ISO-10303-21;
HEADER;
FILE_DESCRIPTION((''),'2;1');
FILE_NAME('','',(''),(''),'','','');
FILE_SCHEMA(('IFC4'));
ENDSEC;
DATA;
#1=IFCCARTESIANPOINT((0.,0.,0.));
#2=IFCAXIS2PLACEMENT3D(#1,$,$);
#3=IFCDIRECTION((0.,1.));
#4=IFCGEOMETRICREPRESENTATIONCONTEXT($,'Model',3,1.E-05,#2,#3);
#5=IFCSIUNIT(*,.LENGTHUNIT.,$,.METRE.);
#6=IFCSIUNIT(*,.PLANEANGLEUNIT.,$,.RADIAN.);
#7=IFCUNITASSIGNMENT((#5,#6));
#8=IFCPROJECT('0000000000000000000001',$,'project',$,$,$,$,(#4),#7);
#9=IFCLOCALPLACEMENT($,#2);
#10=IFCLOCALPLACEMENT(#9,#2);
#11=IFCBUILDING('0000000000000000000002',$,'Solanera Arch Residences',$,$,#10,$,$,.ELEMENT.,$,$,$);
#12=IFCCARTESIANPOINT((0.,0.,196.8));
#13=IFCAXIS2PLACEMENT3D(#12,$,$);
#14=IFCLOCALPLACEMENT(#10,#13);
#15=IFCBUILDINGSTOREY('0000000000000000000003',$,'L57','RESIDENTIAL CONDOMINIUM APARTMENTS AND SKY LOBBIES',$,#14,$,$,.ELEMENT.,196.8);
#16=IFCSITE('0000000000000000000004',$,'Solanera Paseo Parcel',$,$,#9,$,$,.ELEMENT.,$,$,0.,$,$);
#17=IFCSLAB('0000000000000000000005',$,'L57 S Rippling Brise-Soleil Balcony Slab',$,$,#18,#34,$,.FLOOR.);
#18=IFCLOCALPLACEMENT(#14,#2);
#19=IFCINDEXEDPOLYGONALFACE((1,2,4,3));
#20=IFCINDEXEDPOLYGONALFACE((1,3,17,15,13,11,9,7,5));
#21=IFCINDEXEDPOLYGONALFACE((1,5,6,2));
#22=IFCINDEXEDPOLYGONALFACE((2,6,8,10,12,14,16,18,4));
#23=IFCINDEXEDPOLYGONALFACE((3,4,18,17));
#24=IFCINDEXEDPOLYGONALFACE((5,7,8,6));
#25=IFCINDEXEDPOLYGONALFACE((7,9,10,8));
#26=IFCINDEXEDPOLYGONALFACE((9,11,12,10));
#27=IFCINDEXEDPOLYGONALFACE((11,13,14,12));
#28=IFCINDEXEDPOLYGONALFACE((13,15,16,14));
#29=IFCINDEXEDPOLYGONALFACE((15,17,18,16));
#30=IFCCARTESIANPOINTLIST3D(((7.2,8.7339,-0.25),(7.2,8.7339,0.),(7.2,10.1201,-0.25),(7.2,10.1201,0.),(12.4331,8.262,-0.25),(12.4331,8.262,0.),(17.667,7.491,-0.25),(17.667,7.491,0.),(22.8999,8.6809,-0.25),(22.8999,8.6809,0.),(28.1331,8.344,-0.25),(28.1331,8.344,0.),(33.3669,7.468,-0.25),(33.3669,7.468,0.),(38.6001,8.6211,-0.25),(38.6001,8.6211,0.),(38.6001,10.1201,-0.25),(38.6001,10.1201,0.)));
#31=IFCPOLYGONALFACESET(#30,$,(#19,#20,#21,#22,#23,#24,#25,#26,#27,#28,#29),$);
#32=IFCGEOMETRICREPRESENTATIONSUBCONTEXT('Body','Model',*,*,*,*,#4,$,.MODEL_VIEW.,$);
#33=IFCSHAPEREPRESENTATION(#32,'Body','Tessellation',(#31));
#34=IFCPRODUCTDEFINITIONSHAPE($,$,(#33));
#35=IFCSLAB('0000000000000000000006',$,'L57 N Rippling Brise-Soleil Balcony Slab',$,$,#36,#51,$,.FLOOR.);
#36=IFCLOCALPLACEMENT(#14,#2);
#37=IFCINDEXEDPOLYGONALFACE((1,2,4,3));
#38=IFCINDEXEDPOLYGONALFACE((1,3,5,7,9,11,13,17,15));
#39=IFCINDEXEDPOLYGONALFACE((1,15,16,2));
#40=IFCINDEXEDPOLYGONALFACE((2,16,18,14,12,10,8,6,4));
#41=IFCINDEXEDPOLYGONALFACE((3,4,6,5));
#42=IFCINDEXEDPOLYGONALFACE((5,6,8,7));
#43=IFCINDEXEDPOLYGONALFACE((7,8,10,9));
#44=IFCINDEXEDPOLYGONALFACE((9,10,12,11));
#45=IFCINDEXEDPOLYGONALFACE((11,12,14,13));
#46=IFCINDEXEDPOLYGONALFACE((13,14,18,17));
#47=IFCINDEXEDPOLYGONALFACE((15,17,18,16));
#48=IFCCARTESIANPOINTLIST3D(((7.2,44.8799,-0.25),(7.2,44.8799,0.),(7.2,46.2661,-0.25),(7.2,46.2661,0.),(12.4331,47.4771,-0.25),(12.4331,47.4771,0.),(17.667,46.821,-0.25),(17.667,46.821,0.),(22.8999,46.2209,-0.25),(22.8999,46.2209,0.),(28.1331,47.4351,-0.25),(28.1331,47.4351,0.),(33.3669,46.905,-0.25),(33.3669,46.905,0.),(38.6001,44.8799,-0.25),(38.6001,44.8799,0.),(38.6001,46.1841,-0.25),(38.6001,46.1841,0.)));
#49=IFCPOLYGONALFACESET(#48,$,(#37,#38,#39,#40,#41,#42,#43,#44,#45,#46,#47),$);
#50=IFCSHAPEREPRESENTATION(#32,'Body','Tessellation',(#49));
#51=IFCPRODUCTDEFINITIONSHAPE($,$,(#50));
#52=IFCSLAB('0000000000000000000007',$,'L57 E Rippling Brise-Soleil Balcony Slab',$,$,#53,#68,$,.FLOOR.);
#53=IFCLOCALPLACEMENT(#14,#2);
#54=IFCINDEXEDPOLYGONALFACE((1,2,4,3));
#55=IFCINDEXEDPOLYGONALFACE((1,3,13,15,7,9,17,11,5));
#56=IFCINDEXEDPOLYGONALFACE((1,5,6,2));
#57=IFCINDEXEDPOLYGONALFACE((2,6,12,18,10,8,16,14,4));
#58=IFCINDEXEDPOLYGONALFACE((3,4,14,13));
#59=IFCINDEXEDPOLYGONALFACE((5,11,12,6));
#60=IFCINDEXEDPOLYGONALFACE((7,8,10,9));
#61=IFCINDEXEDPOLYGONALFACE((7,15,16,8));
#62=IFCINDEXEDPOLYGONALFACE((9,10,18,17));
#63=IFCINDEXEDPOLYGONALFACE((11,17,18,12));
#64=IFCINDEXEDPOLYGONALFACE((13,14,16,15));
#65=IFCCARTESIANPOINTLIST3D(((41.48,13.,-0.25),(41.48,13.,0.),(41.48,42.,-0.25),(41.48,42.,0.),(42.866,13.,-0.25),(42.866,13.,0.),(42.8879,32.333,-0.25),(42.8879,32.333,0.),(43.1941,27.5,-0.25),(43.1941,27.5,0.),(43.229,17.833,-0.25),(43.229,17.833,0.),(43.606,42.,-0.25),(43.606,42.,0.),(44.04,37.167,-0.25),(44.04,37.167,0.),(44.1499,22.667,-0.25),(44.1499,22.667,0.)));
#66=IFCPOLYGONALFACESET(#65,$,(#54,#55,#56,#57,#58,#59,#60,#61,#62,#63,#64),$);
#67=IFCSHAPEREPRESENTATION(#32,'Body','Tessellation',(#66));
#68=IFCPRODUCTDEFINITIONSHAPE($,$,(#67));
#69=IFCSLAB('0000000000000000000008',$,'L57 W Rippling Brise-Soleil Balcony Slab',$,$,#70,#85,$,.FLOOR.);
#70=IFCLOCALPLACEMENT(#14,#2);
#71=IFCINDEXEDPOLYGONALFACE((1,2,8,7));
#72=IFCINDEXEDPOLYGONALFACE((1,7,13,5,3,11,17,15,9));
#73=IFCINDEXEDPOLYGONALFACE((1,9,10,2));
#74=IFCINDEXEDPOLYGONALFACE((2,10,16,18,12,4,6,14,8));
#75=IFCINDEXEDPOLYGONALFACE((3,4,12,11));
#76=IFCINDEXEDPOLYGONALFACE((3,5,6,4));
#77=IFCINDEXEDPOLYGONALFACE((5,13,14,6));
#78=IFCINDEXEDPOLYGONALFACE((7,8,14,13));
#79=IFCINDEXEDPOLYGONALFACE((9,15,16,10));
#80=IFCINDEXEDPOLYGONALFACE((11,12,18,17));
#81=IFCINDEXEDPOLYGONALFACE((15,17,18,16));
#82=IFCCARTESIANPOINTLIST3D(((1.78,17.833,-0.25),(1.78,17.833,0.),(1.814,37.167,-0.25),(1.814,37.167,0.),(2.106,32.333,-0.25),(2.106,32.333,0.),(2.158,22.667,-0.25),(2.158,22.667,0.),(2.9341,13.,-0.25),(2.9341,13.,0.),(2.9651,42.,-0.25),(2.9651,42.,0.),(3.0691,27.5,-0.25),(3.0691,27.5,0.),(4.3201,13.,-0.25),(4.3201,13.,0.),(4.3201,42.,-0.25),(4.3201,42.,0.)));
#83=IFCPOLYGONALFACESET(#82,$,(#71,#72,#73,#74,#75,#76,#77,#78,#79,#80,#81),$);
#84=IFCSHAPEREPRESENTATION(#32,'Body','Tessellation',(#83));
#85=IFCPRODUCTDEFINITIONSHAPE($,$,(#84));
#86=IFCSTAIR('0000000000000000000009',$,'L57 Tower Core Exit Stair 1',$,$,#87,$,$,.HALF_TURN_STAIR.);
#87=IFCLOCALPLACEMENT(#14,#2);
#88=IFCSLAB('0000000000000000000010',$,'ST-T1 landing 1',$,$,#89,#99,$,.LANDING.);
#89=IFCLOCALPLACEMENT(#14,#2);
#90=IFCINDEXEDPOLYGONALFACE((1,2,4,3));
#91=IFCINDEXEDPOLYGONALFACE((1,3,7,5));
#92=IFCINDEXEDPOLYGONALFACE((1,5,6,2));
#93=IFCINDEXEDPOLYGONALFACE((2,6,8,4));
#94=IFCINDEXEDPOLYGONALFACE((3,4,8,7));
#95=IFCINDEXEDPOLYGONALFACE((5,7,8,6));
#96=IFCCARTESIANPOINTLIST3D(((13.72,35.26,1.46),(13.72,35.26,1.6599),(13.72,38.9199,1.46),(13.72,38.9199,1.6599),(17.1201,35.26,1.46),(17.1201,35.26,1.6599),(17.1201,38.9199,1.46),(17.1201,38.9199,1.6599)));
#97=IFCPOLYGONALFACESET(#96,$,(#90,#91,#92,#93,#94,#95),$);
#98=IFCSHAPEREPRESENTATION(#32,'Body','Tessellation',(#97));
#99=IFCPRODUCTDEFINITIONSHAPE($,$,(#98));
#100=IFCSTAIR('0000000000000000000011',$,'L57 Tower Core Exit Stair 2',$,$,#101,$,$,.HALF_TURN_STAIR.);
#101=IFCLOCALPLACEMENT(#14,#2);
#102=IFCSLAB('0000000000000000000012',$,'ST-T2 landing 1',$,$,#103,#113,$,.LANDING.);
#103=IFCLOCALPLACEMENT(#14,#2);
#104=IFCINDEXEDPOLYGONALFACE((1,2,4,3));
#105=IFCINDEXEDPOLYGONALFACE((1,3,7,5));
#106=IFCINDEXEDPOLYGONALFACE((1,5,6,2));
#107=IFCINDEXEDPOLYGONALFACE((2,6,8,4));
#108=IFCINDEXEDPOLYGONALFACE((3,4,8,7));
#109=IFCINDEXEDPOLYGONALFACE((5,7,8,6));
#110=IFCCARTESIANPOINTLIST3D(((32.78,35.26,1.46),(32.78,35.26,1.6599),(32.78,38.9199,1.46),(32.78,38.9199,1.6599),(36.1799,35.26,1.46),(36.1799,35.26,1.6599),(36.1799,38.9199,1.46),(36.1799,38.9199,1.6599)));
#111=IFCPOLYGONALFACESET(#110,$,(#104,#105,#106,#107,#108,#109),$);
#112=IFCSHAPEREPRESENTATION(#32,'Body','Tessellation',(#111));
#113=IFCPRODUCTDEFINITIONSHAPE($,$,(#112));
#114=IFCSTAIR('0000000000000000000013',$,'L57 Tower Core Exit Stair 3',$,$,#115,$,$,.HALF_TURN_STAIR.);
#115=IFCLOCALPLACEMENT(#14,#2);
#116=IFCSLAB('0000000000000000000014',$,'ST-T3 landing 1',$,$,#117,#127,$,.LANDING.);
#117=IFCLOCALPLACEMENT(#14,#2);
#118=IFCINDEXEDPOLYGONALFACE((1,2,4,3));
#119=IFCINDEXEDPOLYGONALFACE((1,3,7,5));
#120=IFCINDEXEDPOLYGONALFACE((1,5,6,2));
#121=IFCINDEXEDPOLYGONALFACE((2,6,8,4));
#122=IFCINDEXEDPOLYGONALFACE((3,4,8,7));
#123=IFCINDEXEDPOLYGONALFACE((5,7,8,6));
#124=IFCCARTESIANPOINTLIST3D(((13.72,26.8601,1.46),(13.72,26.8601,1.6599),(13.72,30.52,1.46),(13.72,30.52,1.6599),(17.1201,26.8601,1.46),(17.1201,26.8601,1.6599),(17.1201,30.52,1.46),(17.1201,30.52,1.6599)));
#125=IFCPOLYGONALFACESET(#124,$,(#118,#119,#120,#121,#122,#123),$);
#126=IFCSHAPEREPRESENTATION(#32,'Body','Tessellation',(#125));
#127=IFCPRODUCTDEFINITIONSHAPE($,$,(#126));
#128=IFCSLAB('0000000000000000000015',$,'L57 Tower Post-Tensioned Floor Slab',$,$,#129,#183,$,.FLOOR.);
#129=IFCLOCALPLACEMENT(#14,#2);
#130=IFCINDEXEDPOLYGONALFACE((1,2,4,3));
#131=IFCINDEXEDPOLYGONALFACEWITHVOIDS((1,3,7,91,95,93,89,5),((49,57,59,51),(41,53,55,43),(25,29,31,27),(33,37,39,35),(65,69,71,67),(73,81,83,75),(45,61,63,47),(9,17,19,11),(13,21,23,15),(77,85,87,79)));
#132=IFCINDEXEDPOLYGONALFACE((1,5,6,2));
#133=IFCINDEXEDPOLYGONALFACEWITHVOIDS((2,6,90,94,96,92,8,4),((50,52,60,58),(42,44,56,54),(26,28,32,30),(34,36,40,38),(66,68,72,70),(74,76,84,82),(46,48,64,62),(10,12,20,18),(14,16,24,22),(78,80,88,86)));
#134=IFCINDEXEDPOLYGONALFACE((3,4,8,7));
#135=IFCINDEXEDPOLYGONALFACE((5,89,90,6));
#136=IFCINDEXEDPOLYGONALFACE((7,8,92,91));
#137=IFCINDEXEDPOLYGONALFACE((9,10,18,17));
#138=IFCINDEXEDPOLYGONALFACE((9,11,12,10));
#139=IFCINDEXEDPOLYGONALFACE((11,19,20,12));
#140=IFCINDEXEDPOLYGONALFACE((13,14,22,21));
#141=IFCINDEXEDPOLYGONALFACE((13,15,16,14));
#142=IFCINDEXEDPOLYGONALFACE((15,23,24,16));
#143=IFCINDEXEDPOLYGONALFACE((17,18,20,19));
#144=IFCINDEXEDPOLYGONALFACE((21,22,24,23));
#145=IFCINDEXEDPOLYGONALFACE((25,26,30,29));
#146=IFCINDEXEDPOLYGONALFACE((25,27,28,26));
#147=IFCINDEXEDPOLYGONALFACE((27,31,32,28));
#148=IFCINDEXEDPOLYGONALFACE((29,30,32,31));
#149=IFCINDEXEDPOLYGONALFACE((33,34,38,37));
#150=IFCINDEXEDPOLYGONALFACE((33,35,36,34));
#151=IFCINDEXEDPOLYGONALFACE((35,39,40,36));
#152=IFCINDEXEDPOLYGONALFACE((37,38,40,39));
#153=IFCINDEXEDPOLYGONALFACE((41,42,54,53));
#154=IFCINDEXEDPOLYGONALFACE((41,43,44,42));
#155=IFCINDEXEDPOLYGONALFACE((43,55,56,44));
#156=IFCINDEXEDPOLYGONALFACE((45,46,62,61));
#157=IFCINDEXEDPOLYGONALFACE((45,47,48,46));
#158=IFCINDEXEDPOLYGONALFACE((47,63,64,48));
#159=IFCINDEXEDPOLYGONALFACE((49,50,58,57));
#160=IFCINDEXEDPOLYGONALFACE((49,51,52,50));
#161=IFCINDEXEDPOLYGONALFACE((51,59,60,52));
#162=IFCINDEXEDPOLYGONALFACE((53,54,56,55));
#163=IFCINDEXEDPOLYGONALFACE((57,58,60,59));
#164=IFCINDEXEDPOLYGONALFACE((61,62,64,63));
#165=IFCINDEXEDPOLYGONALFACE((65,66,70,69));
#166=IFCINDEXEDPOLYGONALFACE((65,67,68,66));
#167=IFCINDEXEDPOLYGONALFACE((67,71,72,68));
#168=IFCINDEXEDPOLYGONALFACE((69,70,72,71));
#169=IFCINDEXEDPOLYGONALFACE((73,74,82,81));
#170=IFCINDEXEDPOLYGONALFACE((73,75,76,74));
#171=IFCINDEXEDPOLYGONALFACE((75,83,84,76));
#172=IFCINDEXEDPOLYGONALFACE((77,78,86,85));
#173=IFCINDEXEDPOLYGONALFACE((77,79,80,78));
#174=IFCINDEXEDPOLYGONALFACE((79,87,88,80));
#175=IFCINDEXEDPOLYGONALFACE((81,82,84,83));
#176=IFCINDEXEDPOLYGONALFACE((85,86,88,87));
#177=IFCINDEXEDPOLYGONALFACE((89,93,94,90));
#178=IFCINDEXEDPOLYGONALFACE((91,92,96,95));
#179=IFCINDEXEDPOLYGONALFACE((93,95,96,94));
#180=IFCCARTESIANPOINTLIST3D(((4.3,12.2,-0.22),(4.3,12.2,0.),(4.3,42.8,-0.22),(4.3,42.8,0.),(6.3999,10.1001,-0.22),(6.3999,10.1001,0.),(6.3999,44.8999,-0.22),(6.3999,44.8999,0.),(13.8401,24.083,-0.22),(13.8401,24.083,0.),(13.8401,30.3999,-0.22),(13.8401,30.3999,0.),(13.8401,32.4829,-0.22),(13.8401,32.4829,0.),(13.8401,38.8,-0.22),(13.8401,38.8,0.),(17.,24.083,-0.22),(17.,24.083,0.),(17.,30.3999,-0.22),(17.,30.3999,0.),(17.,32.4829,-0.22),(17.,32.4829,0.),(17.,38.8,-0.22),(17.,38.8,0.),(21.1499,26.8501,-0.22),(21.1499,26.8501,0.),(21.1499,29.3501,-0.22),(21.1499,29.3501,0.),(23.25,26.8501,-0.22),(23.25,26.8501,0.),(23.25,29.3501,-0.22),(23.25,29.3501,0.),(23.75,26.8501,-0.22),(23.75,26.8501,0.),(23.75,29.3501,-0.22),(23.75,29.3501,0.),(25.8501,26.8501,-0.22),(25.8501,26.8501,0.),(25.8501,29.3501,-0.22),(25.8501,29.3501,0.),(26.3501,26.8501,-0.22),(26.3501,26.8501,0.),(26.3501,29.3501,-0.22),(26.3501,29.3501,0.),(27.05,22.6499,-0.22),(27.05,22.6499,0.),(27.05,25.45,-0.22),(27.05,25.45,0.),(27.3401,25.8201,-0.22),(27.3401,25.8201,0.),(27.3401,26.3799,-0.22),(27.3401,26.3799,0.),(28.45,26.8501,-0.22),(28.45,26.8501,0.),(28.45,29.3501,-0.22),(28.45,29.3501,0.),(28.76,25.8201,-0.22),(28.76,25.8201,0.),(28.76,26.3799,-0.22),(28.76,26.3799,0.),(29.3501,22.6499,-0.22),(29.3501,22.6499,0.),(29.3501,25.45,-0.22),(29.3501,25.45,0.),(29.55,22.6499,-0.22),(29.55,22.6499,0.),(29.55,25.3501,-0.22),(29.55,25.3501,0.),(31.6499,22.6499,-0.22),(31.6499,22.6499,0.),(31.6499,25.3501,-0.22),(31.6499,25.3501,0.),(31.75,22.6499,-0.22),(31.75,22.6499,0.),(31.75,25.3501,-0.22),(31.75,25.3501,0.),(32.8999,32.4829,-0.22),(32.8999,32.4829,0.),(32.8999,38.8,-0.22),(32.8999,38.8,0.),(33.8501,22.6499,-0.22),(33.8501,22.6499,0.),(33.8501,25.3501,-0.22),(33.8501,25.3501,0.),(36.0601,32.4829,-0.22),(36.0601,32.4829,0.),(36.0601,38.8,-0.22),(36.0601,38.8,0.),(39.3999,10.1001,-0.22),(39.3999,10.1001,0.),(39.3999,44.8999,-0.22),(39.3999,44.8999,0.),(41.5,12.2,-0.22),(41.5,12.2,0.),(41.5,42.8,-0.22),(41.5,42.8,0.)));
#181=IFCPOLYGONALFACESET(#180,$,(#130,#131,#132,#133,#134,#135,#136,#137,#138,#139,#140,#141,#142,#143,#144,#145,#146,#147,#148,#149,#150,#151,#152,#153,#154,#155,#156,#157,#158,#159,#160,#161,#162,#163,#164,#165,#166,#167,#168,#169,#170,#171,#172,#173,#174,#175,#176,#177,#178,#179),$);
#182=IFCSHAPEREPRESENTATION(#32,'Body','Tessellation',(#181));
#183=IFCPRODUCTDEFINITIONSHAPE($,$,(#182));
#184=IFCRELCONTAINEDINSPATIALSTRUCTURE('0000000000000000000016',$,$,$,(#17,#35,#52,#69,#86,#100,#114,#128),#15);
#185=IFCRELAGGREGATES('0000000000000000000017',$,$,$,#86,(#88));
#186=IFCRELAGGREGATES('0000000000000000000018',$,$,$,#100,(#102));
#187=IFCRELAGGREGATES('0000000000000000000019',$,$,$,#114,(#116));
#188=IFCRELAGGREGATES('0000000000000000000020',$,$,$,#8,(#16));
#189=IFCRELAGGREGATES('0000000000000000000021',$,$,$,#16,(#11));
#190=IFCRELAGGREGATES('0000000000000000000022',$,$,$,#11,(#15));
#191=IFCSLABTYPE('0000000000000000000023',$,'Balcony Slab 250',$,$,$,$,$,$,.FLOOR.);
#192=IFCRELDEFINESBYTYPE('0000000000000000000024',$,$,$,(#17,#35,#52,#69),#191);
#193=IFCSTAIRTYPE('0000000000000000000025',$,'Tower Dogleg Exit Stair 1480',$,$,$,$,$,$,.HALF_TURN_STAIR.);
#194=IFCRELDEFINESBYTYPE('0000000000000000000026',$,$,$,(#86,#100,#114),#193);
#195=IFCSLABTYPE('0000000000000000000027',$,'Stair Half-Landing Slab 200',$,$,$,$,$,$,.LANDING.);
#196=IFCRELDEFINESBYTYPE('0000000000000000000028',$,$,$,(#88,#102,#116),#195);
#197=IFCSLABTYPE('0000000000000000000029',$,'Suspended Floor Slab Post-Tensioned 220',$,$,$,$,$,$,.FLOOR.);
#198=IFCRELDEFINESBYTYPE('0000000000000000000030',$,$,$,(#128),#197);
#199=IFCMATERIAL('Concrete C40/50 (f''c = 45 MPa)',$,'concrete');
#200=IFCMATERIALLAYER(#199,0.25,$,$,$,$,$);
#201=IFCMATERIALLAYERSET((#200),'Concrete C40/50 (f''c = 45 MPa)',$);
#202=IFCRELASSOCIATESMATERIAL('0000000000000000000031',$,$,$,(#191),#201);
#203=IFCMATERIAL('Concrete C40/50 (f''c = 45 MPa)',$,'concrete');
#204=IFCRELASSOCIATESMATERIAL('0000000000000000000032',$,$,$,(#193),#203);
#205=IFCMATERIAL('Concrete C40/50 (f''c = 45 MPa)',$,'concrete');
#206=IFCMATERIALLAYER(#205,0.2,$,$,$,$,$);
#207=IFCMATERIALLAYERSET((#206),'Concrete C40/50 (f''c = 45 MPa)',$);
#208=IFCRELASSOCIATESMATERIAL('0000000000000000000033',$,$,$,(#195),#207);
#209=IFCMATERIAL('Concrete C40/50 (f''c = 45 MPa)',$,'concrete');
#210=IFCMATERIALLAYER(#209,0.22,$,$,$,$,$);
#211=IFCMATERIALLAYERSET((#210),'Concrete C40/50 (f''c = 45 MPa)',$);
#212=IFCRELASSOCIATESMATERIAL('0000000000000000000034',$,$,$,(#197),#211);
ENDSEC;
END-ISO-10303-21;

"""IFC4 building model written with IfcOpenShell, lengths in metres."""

from ifc_helpers import new_model, si_unit, direction, frame, origin, place, context, subcontext, project, spatial, polyline, outline, extrude, material, layer, layer_set, type_object, element, aggregate, save


model = new_model("IFC4")

# Units and contexts
model_context = context("Model", 3, precision=1e-05, world=origin(), true_north=direction((0.0, 1.0)))
body_context = subcontext(model_context, "Body", "Model", "MODEL_VIEW")
ifc_project = project(units=[si_unit("LENGTHUNIT", "METRE"), si_unit("PLANEANGLEUNIT", "RADIAN")], contexts=[model_context])

# Site, building, storey
site_placement = place(None, origin())
site = spatial("IfcSite", under=ifc_project, at=site_placement, Name="Solanera Paseo Parcel", CompositionType="ELEMENT", RefElevation=0.0)
building_placement = place(site_placement, origin())
building = spatial("IfcBuilding", under=site, at=building_placement, Name="Solanera Arch Residences", CompositionType="ELEMENT")
storey_placement = place(building_placement, frame((0.0, 0.0, 196.8)))
storey = spatial("IfcBuildingStorey", under=building, at=storey_placement, Name="L57", Description="RESIDENTIAL CONDOMINIUM APARTMENTS AND SKY LOBBIES", CompositionType="ELEMENT", Elevation=196.8)

# Slabs
ifc_material_1 = material(Name="Concrete C40/50 (f'c = 45 MPa)", Category="concrete")
ifc_layer_1 = layer(ifc_material_1, 0.25)
ifc_layer_set_1 = layer_set([ifc_layer_1], Name="Concrete C40/50 (f'c = 45 MPa)")
slab_type_1 = type_object("IfcSlabType", Name="Balcony Slab 250", PredefinedType="FLOOR", material=ifc_layer_set_1)
slab_1_placement = place(storey_placement, frame((0.0, 0.0, -0.25)))
element("IfcSlab", 1, at=slab_1_placement, inside=storey, type_object=slab_type_1, Name="L57 S Rippling Brise-Soleil Balcony Slab", PredefinedType="FLOOR", context=body_context, shape_type="SweptSolid", body=[
    extrude(outline(polyline([(7.2, 8.7339), (12.4331, 8.262), (17.667, 7.491), (22.8999, 8.6809), (28.1331, 8.344), (33.3669, 7.468), (38.6001, 8.6211), (38.6001, 10.1201), (7.2, 10.1201), (7.2, 8.7339)])), origin(), (0.0, 0.0, 1.0), 0.25),
])
slab_2_placement = place(storey_placement, frame((0.0, 0.0, -0.25)))
element("IfcSlab", 2, at=slab_2_placement, inside=storey, type_object=slab_type_1, Name="L57 N Rippling Brise-Soleil Balcony Slab", PredefinedType="FLOOR", context=body_context, shape_type="SweptSolid", body=[
    extrude(outline(polyline([(38.6001, 46.1841), (33.3669, 46.905), (28.1331, 47.4351), (22.8999, 46.2209), (17.667, 46.821), (12.4331, 47.4771), (7.2, 46.2661), (7.2, 44.8799), (38.6001, 44.8799), (38.6001, 46.1841)])), origin(), (0.0, 0.0, 1.0), 0.25),
])
slab_3_placement = place(storey_placement, frame((0.0, 0.0, -0.25)))
element("IfcSlab", 3, at=slab_3_placement, inside=storey, type_object=slab_type_1, Name="L57 E Rippling Brise-Soleil Balcony Slab", PredefinedType="FLOOR", context=body_context, shape_type="SweptSolid", body=[
    extrude(outline(polyline([(42.866, 13.0), (43.229, 17.833), (44.1499, 22.667), (43.1941, 27.5), (42.8879, 32.333), (44.04, 37.167), (43.606, 42.0), (41.48, 42.0), (41.48, 13.0), (42.866, 13.0)])), origin(), (0.0, 0.0, 1.0), 0.25),
])
slab_4_placement = place(storey_placement, frame((0.0, 0.0, -0.25)))
element("IfcSlab", 4, at=slab_4_placement, inside=storey, type_object=slab_type_1, Name="L57 W Rippling Brise-Soleil Balcony Slab", PredefinedType="FLOOR", context=body_context, shape_type="SweptSolid", body=[
    extrude(outline(polyline([(2.9651, 42.0), (1.814, 37.167), (2.106, 32.333), (3.0691, 27.5), (2.158, 22.667), (1.78, 17.833), (2.9341, 13.0), (4.3201, 13.0), (4.3201, 42.0), (2.9651, 42.0)])), origin(), (0.0, 0.0, 1.0), 0.25),
])

# Stairs, slabs
ifc_material_2 = material(Name="Concrete C40/50 (f'c = 45 MPa)", Category="concrete")
stair_type = type_object("IfcStairType", Name="Tower Dogleg Exit Stair 1480", PredefinedType="HALF_TURN_STAIR", material=ifc_material_2)
stair_1_placement = place(storey_placement, origin())
stair_1 = element("IfcStair", 5, at=stair_1_placement, inside=storey, type_object=stair_type, Name="L57 Tower Core Exit Stair 1", PredefinedType="HALF_TURN_STAIR")
ifc_material_3 = material(Name="Concrete C40/50 (f'c = 45 MPa)", Category="concrete")
ifc_layer_2 = layer(ifc_material_3, 0.2)
ifc_layer_set_2 = layer_set([ifc_layer_2], Name="Concrete C40/50 (f'c = 45 MPa)")
slab_type_2 = type_object("IfcSlabType", Name="Stair Half-Landing Slab 200", PredefinedType="LANDING", material=ifc_layer_set_2)
slab_5_placement = place(storey_placement, frame((0.0, 0.0, 1.46)))
slab_5 = element("IfcSlab", 6, at=slab_5_placement, type_object=slab_type_2, Name="ST-T1 landing 1", PredefinedType="LANDING", context=body_context, shape_type="SweptSolid", body=[
    extrude(outline(polyline([(17.1201, 35.26), (17.1201, 38.9199), (13.72, 38.9199), (13.72, 35.26), (17.1201, 35.26)])), origin(), (0.0, 0.0, 1.0), 0.2),
])
aggregate(stair_1, [slab_5])
stair_2_placement = place(storey_placement, origin())
stair_2 = element("IfcStair", 7, at=stair_2_placement, inside=storey, type_object=stair_type, Name="L57 Tower Core Exit Stair 2", PredefinedType="HALF_TURN_STAIR")
slab_6_placement = place(storey_placement, frame((0.0, 0.0, 1.46)))
slab_6 = element("IfcSlab", 8, at=slab_6_placement, type_object=slab_type_2, Name="ST-T2 landing 1", PredefinedType="LANDING", context=body_context, shape_type="SweptSolid", body=[
    extrude(outline(polyline([(36.1799, 35.26), (36.1799, 38.9199), (32.78, 38.9199), (32.78, 35.26), (36.1799, 35.26)])), origin(), (0.0, 0.0, 1.0), 0.2),
])
aggregate(stair_2, [slab_6])
stair_3_placement = place(storey_placement, origin())
stair_3 = element("IfcStair", 9, at=stair_3_placement, inside=storey, type_object=stair_type, Name="L57 Tower Core Exit Stair 3", PredefinedType="HALF_TURN_STAIR")
slab_7_placement = place(storey_placement, frame((0.0, 0.0, 1.46)))
slab_7 = element("IfcSlab", 10, at=slab_7_placement, type_object=slab_type_2, Name="ST-T3 landing 1", PredefinedType="LANDING", context=body_context, shape_type="SweptSolid", body=[
    extrude(outline(polyline([(17.1201, 26.8601), (17.1201, 30.52), (13.72, 30.52), (13.72, 26.8601), (17.1201, 26.8601)])), origin(), (0.0, 0.0, 1.0), 0.2),
])
aggregate(stair_3, [slab_7])

# Slab
ifc_material_4 = material(Name="Concrete C40/50 (f'c = 45 MPa)", Category="concrete")
ifc_layer_3 = layer(ifc_material_4, 0.22)
ifc_layer_set_3 = layer_set([ifc_layer_3], Name="Concrete C40/50 (f'c = 45 MPa)")
slab_type_3 = type_object("IfcSlabType", Name="Suspended Floor Slab Post-Tensioned 220", PredefinedType="FLOOR", material=ifc_layer_set_3)
slab_8_placement = place(storey_placement, frame((0.0, 0.0, -0.22)))
element("IfcSlab", 11, at=slab_8_placement, inside=storey, type_object=slab_type_3, Name="L57 Tower Post-Tensioned Floor Slab", PredefinedType="FLOOR", context=body_context, shape_type="SweptSolid", body=[
    extrude(outline(polyline([(6.3999, 10.1001), (39.3999, 10.1001), (41.5, 12.2), (41.5, 42.8), (39.3999, 44.8999), (6.3999, 44.8999), (4.3, 42.8), (4.3, 12.2), (6.3999, 10.1001)]), holes=[polyline([(13.8401, 32.4829), (13.8401, 38.8), (17.0, 38.8), (17.0, 32.4829), (13.8401, 32.4829)]), polyline([(32.8999, 32.4829), (32.8999, 38.8), (36.0601, 38.8), (36.0601, 32.4829), (32.8999, 32.4829)]), polyline([(13.8401, 24.083), (13.8401, 30.3999), (17.0, 30.3999), (17.0, 24.083), (13.8401, 24.083)]), polyline([(21.1499, 29.3501), (23.25, 29.3501), (23.25, 26.8501), (21.1499, 26.8501), (21.1499, 29.3501)]), polyline([(23.75, 29.3501), (25.8501, 29.3501), (25.8501, 26.8501), (23.75, 26.8501), (23.75, 29.3501)]), polyline([(26.3501, 29.3501), (28.45, 29.3501), (28.45, 26.8501), (26.3501, 26.8501), (26.3501, 29.3501)]), polyline([(29.55, 25.3501), (31.6499, 25.3501), (31.6499, 22.6499), (29.55, 22.6499), (29.55, 25.3501)]), polyline([(31.75, 25.3501), (33.8501, 25.3501), (33.8501, 22.6499), (31.75, 22.6499), (31.75, 25.3501)]), polyline([(27.05, 25.45), (29.3501, 25.45), (29.3501, 22.6499), (27.05, 22.6499), (27.05, 25.45)]), polyline([(27.3401, 26.3799), (28.76, 26.3799), (28.76, 25.8201), (27.3401, 25.8201), (27.3401, 26.3799)])]), origin(), (0.0, 0.0, 1.0), 0.22),
])

save(model, "model.ifc")
